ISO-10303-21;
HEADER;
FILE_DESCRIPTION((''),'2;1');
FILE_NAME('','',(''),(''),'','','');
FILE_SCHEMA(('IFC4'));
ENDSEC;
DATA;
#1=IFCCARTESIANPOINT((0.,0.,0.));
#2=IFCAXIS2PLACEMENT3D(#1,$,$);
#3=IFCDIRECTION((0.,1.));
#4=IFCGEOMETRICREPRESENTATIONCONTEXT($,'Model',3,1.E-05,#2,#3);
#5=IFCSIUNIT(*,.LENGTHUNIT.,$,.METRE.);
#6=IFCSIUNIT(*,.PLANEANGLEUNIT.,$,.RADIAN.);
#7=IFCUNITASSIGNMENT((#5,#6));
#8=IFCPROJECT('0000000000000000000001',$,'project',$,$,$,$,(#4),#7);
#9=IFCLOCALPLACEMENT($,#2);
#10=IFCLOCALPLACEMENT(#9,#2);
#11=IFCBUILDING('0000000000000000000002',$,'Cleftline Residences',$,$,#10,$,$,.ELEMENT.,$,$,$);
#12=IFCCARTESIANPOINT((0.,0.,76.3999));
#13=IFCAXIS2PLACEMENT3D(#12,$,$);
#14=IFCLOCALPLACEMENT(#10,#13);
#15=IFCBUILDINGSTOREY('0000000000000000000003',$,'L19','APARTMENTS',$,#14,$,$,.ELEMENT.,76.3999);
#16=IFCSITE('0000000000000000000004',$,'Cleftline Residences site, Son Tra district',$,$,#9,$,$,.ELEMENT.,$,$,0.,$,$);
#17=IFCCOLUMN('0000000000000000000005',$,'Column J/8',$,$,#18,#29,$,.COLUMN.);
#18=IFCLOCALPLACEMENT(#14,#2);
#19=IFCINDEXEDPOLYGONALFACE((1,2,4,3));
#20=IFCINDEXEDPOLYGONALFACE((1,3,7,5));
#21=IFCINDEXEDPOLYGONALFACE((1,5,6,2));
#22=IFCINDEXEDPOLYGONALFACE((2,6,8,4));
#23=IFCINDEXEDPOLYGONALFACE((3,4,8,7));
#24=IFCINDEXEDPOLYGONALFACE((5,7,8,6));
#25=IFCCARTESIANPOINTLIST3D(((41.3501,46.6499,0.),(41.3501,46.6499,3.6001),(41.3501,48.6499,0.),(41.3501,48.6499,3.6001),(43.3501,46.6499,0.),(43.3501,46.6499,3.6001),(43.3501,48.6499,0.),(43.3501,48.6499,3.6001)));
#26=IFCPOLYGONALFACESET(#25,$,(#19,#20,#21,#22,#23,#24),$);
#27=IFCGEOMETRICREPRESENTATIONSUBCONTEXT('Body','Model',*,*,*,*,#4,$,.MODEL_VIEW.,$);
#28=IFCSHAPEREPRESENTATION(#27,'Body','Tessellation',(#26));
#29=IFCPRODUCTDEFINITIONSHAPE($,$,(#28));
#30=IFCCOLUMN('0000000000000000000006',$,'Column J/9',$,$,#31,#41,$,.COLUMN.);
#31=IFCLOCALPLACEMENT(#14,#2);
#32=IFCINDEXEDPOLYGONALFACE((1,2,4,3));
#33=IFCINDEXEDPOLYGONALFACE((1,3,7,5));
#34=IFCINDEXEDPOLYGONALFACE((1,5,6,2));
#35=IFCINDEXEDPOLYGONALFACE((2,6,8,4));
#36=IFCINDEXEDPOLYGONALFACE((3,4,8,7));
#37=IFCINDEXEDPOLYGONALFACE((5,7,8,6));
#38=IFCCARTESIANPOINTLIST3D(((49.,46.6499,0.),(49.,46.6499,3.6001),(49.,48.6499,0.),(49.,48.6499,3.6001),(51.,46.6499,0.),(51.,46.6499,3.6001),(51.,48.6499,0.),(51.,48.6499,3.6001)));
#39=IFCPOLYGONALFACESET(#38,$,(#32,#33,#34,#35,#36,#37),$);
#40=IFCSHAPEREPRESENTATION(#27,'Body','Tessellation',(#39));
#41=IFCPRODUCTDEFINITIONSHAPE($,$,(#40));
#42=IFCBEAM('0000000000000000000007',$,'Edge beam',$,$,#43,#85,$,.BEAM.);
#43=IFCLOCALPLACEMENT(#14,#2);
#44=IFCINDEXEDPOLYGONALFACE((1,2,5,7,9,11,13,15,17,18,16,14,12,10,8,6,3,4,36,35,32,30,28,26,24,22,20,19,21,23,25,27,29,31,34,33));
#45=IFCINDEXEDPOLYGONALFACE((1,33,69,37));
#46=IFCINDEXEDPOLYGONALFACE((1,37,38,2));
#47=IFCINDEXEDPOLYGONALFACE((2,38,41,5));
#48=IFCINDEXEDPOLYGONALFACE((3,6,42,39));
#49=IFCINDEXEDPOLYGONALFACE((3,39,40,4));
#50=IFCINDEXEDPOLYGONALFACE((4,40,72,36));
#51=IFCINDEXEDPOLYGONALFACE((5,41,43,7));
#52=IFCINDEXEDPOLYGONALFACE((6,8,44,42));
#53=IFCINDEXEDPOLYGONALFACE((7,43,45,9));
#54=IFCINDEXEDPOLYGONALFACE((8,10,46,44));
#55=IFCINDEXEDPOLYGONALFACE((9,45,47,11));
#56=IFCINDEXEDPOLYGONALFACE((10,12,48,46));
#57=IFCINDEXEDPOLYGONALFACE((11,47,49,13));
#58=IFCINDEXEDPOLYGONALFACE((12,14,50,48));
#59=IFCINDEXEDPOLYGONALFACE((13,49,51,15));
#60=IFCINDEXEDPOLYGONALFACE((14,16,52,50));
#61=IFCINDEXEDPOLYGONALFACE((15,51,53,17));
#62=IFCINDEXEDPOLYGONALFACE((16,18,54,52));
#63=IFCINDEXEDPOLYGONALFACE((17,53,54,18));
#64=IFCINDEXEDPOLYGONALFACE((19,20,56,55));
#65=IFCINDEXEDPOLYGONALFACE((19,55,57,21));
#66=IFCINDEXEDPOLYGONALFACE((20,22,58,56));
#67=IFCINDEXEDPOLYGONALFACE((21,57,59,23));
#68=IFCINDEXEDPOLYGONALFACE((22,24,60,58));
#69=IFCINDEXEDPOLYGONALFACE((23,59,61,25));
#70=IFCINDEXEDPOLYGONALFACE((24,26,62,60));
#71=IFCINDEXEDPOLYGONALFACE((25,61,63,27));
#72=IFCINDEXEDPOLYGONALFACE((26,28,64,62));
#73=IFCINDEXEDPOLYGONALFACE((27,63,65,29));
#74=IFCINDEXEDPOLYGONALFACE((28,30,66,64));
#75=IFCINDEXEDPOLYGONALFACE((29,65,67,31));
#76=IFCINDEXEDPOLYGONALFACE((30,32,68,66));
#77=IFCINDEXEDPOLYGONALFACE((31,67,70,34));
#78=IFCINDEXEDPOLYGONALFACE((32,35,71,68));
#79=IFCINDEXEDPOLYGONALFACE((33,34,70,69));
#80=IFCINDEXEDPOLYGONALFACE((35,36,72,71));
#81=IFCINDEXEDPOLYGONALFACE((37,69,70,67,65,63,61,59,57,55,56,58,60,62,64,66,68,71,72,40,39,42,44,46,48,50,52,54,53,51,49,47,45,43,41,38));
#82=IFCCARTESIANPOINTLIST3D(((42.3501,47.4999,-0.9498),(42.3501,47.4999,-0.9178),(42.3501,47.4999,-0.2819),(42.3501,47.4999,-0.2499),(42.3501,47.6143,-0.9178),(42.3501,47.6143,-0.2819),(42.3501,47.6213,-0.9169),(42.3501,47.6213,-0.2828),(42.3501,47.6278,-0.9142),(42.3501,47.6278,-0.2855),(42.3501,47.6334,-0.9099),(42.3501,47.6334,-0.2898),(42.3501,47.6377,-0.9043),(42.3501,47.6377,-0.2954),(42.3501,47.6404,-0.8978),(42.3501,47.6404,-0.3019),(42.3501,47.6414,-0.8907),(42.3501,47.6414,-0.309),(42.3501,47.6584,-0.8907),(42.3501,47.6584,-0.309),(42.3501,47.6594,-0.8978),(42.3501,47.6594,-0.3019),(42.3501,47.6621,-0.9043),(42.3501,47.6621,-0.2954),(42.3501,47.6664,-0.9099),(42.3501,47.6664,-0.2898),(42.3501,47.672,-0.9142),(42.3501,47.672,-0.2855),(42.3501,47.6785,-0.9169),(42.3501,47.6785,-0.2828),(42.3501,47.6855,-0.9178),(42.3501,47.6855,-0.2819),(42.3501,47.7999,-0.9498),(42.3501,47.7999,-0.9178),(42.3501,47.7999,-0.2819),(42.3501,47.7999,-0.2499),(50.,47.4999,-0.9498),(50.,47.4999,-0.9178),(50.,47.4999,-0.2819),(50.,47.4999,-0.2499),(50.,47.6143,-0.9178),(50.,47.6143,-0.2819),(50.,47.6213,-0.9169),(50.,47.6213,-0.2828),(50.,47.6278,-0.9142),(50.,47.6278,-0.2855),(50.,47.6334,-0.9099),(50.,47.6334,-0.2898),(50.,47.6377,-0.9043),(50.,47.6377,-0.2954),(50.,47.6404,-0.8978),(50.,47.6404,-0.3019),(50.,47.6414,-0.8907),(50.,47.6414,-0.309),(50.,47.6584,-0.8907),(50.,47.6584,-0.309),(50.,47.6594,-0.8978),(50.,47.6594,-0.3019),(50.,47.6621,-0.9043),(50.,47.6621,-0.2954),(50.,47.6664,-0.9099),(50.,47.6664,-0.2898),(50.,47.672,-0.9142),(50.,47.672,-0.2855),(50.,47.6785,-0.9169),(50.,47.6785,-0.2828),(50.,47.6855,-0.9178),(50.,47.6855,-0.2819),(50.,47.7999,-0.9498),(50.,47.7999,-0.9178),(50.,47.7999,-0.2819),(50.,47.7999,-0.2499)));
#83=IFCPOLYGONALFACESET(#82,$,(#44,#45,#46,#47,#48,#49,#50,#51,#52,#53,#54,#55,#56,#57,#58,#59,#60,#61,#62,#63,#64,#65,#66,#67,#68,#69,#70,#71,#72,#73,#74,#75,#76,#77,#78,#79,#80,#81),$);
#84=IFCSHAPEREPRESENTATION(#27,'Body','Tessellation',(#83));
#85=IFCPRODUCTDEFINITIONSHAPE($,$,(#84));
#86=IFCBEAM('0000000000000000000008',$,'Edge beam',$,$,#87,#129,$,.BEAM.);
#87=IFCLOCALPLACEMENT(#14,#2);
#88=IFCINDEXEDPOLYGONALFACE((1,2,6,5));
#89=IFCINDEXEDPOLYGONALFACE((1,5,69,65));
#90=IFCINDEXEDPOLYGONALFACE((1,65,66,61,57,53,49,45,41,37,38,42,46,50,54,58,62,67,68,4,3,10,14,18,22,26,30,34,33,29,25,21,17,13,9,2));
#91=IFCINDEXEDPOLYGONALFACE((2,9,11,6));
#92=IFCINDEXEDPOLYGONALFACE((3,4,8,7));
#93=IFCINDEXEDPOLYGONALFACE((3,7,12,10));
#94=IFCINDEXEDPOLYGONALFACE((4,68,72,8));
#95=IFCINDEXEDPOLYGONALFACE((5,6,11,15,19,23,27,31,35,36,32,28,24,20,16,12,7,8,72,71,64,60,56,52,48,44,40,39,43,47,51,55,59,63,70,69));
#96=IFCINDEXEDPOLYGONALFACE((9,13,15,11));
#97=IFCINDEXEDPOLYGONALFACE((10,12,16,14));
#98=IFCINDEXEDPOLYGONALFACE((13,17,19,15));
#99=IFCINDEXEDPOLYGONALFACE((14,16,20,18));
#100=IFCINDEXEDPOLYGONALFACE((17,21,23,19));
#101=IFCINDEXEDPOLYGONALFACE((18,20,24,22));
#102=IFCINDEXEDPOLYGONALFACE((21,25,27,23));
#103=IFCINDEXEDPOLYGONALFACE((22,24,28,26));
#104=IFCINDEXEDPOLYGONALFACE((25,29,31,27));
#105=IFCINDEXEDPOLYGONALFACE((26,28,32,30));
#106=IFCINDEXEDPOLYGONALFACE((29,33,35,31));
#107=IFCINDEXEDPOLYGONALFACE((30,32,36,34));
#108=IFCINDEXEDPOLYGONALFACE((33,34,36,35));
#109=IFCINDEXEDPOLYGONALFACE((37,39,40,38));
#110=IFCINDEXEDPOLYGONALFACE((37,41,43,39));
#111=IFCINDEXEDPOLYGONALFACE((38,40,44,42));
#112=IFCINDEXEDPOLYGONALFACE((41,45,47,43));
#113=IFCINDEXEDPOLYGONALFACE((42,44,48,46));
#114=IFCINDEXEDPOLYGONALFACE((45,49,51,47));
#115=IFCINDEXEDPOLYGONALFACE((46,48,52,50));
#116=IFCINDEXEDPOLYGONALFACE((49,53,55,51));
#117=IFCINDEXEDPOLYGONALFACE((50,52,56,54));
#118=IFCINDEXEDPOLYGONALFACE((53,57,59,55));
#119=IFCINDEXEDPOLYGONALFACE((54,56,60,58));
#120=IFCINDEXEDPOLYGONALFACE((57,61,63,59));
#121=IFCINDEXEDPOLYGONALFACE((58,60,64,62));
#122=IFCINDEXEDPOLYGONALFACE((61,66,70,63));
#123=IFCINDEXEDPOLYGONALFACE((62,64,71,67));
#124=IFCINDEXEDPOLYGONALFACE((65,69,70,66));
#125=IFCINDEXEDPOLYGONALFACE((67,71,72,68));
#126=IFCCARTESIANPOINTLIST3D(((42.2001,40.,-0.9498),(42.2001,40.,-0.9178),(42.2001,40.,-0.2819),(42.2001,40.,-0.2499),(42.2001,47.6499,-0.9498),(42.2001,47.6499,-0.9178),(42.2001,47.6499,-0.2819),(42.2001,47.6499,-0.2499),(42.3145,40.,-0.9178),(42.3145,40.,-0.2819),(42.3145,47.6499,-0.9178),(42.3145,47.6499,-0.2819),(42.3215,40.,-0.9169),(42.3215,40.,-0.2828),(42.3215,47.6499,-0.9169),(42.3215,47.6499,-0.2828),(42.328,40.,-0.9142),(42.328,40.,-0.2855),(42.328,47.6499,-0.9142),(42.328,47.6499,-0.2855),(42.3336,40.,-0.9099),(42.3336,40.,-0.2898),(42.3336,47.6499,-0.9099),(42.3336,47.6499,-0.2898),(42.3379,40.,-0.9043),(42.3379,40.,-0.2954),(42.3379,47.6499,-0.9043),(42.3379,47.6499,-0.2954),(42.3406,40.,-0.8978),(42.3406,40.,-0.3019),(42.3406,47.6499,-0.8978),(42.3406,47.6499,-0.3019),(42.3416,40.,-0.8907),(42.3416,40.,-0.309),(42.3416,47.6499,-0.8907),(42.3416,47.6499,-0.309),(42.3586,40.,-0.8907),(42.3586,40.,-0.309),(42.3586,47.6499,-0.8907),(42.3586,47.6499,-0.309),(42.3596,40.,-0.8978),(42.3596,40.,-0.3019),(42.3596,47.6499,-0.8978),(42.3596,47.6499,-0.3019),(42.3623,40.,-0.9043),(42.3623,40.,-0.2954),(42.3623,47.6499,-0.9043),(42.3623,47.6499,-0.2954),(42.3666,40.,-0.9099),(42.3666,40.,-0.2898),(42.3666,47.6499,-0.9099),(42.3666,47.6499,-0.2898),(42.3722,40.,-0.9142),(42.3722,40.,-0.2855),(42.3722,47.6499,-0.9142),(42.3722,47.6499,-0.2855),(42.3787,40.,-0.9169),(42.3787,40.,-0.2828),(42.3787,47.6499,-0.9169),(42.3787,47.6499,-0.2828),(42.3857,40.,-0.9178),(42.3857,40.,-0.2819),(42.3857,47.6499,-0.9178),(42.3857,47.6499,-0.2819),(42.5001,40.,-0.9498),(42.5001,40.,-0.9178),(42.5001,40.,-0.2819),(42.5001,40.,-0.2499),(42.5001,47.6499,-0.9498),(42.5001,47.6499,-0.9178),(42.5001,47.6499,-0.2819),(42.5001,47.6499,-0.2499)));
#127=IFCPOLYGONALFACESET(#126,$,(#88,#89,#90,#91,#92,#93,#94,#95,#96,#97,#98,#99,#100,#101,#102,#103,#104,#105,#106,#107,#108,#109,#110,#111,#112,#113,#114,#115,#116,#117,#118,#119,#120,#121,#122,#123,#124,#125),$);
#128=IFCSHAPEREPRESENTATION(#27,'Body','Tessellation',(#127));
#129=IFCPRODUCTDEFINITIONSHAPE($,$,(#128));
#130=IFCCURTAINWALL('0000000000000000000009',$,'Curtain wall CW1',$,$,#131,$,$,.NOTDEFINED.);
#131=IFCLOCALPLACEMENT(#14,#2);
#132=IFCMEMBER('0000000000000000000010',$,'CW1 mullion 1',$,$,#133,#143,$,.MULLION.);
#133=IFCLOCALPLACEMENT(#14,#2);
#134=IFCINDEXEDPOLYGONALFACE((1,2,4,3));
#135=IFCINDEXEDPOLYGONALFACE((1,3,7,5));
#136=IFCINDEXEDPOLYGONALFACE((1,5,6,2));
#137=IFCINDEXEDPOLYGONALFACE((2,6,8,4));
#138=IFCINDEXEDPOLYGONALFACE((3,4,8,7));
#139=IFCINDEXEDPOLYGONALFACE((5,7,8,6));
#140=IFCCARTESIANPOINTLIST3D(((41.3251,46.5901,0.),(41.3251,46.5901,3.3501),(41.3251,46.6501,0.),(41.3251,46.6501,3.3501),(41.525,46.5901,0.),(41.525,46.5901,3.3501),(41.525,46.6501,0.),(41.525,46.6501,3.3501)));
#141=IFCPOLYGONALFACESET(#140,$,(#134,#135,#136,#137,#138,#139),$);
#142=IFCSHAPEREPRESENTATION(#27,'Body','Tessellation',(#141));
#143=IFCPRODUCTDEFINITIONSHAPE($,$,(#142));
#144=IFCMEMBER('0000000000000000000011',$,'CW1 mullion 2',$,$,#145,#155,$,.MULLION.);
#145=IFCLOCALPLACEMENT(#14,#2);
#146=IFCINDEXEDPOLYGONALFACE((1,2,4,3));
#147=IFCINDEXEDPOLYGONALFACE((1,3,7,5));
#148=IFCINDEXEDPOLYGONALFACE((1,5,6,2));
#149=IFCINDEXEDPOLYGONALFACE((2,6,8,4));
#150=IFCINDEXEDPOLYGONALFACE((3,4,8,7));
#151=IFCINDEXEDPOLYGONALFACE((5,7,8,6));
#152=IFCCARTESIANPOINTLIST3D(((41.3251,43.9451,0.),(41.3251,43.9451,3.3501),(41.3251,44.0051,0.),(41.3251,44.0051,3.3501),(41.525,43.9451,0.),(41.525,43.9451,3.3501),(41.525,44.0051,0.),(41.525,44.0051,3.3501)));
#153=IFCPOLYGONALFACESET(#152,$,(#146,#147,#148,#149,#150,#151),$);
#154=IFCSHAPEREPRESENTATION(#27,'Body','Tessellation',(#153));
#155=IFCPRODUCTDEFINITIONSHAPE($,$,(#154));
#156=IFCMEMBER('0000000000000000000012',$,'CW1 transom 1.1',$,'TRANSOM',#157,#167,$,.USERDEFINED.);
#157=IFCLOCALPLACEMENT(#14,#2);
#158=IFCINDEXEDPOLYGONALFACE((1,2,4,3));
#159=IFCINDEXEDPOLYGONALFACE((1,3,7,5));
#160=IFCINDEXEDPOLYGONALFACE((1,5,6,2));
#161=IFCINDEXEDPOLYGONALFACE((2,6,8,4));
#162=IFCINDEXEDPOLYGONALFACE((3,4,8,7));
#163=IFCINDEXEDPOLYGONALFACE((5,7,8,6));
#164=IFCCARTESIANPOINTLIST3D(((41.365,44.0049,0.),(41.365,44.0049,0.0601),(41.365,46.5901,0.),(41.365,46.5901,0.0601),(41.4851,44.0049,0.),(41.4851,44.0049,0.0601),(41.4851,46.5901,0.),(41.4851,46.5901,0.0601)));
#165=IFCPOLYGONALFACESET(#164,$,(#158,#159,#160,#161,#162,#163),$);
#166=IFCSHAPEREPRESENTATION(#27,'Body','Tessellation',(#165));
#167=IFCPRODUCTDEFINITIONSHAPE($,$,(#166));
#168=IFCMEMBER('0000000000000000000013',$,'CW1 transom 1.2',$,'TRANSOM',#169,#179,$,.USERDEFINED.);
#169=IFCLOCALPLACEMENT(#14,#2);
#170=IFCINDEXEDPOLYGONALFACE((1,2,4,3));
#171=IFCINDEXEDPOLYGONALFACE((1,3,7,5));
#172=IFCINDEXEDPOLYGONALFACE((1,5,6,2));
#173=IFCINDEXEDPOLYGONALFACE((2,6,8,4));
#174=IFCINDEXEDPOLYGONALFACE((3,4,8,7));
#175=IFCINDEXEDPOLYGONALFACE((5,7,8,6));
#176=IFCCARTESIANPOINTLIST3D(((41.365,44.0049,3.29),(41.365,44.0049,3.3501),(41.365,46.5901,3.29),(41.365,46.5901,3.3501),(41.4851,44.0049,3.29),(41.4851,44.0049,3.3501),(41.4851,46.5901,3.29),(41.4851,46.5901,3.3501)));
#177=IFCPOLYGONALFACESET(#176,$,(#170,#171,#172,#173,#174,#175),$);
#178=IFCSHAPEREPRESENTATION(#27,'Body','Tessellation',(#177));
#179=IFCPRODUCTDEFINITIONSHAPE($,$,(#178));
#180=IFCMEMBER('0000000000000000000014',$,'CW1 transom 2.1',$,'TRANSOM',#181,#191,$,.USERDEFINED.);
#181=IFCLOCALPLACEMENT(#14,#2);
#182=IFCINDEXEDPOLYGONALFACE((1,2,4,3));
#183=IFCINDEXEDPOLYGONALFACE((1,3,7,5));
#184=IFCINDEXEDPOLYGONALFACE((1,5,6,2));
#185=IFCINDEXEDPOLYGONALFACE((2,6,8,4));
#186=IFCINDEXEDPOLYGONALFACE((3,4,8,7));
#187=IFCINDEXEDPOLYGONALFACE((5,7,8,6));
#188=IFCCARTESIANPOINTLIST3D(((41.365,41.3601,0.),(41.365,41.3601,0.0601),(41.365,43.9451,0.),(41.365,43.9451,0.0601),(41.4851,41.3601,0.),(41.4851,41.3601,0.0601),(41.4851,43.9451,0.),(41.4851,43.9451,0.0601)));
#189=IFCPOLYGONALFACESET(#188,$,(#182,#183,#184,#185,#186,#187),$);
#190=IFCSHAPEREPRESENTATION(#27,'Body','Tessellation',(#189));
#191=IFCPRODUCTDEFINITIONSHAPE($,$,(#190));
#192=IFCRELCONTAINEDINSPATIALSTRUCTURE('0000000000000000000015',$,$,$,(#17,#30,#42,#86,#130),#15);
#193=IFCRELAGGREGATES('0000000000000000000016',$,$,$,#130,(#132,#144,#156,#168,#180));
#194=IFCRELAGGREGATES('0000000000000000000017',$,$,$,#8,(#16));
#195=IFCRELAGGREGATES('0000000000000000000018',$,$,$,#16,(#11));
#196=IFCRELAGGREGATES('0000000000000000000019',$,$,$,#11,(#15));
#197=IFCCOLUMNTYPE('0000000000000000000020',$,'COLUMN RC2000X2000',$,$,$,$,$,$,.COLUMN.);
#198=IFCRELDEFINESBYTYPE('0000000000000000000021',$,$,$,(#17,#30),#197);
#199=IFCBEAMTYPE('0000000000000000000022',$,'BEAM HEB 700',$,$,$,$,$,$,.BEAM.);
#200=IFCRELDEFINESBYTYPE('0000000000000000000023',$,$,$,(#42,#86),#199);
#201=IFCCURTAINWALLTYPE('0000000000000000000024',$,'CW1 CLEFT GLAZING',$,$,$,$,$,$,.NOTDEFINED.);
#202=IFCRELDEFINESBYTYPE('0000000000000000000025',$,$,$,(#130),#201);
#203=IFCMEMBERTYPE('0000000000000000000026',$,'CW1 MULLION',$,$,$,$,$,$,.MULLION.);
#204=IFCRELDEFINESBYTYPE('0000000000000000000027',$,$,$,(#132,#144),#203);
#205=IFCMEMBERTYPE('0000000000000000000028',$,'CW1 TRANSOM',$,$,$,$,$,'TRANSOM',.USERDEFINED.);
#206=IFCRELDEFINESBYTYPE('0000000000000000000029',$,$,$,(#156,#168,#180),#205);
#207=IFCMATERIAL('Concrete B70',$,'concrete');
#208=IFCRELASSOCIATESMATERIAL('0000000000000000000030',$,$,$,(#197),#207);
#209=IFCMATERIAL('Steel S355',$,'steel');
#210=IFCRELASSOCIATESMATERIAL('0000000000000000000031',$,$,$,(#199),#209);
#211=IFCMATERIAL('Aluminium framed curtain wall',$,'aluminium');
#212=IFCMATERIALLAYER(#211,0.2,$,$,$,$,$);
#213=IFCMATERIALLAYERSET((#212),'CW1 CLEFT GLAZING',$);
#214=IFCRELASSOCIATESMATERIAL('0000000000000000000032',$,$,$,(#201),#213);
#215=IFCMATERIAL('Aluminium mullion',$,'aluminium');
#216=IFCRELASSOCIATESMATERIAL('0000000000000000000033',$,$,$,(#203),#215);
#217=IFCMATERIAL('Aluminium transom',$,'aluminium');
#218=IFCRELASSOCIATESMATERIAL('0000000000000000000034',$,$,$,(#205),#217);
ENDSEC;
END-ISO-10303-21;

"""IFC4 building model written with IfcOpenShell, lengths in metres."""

from ifc_helpers import new_model, si_unit, direction, frame, origin, origin_2d, place, context, subcontext, project, spatial, rectangle, i_section, extrude, material, layer, layer_set, material_profile, profile_set, type_object, element, aggregate, save


model = new_model("IFC4")

# Units and contexts
model_context = context("Model", 3, precision=1e-05, world=origin(), true_north=direction((0.0, 1.0)))
body_context = subcontext(model_context, "Body", "Model", "MODEL_VIEW")
ifc_project = project(units=[si_unit("LENGTHUNIT", "METRE"), si_unit("PLANEANGLEUNIT", "RADIAN")], contexts=[model_context])

# Site, building, storey
site_placement = place(None, origin())
site = spatial("IfcSite", under=ifc_project, at=site_placement, Name="Cleftline Residences site, Son Tra district", CompositionType="ELEMENT", RefElevation=0.0)
building_placement = place(site_placement, origin())
building = spatial("IfcBuilding", under=site, at=building_placement, Name="Cleftline Residences", CompositionType="ELEMENT")
storey_placement = place(building_placement, frame((0.0, 0.0, 76.3999)))
storey = spatial("IfcBuildingStorey", under=building, at=storey_placement, Name="L19", Description="APARTMENTS", CompositionType="ELEMENT", Elevation=76.3999)

# Columns
ifc_material_1 = material(Name="Concrete B70", Category="concrete")
ifc_material_profile_1 = material_profile(ifc_material_1, rectangle(XDim=2.0, YDim=2.0, at=origin_2d()))
ifc_profile_set_1 = profile_set([ifc_material_profile_1], Name="Concrete B70")
column_type = type_object("IfcColumnType", Name="COLUMN RC2000X2000", PredefinedType="COLUMN", material=ifc_profile_set_1)
for number, where, z_axis, x_axis, name in (
    (1, (42.3501, 47.6499, 0.0), (0.0, 0.0, 1.0), (1.0, 0.0, 0.0), "Column J/8"),
    (2, (50.0, 47.6499, 0.0), (0.0, 0.0, 1.0), (1.0, 0.0, 0.0), "Column J/9"),
):
    element("IfcColumn", number, at=place(storey_placement, frame(where, z_axis=z_axis, x_axis=x_axis)), inside=storey, type_object=column_type, Name=name, PredefinedType="COLUMN", context=body_context, shape_type="SweptSolid", body=[
        extrude(rectangle(XDim=2.0, YDim=2.0, at=origin_2d()), origin(), (0.0, 0.0, 1.0), 3.6001),
    ])

# Beams
ifc_material_2 = material(Name="Steel S355", Category="steel")
ifc_material_profile_2 = material_profile(ifc_material_2, i_section(OverallWidth=0.3, OverallDepth=0.7, WebThickness=0.0171, FlangeThickness=0.032, FilletRadius=0.0271, at=origin_2d()))
ifc_profile_set_2 = profile_set([ifc_material_profile_2], Name="Steel S355")
beam_type = type_object("IfcBeamType", Name="BEAM HEB 700", PredefinedType="BEAM", material=ifc_profile_set_2)
for number, where, z_axis, x_axis, name in (
    (3, (50.0, 47.6499, -0.5999), (-1.0, 0.0, 0.0), (0.0, -1.0, 0.0), "Edge beam"),
    (4, (42.3501, 47.6499, -0.5999), (0.0, -1.0, 0.0), (1.0, 0.0, 0.0), "Edge beam"),
):
    element("IfcBeam", number, at=place(storey_placement, frame(where, z_axis=z_axis, x_axis=x_axis)), inside=storey, type_object=beam_type, Name=name, PredefinedType="BEAM", context=body_context, shape_type="SweptSolid", body=[
        extrude(i_section(OverallWidth=0.3, OverallDepth=0.7, WebThickness=0.0171, FlangeThickness=0.032, FilletRadius=0.0271, at=origin_2d()), origin(), (0.0, 0.0, 1.0), 7.6499),
    ])

# Curtain wall, members
ifc_material_3 = material(Name="Aluminium framed curtain wall", Category="aluminium")
ifc_layer_1 = layer(ifc_material_3, 0.2)
ifc_layer_set_1 = layer_set([ifc_layer_1], Name="CW1 CLEFT GLAZING")
curtain_wall_type = type_object("IfcCurtainWallType", Name="CW1 CLEFT GLAZING", PredefinedType="NOTDEFINED", material=ifc_layer_set_1)
curtain_wall_placement = place(storey_placement, origin())
curtain_wall = element("IfcCurtainWall", 5, at=curtain_wall_placement, inside=storey, type_object=curtain_wall_type, Name="Curtain wall CW1", PredefinedType="NOTDEFINED")
ifc_material_4 = material(Name="Aluminium mullion", Category="aluminium")
ifc_material_profile_3 = material_profile(ifc_material_4, rectangle(XDim=0.2, YDim=0.0601, at=origin_2d()))
ifc_profile_set_3 = profile_set([ifc_material_profile_3], Name="Aluminium mullion")
member_type_1 = type_object("IfcMemberType", Name="CW1 MULLION", PredefinedType="MULLION", material=ifc_profile_set_3)
member_1_placement = place(storey_placement, frame((41.425, 46.6201, 0.0), z_axis=(0.0, 0.0, 1.0), x_axis=(1.0, 0.0, 0.0)))
member_1 = element("IfcMember", 6, at=member_1_placement, type_object=member_type_1, Name="CW1 mullion 1", PredefinedType="MULLION", context=body_context, shape_type="SweptSolid", body=[
    extrude(rectangle(XDim=0.2, YDim=0.0601, at=origin_2d()), origin(), (0.0, 0.0, 1.0), 3.3501),
])
member_2_placement = place(storey_placement, frame((41.425, 43.9751, 0.0), z_axis=(0.0, 0.0, 1.0), x_axis=(1.0, 0.0, 0.0)))
member_2 = element("IfcMember", 7, at=member_2_placement, type_object=member_type_1, Name="CW1 mullion 2", PredefinedType="MULLION", context=body_context, shape_type="SweptSolid", body=[
    extrude(rectangle(XDim=0.2, YDim=0.0601, at=origin_2d()), origin(), (0.0, 0.0, 1.0), 3.3501),
])
ifc_material_5 = material(Name="Aluminium transom", Category="aluminium")
ifc_material_profile_4 = material_profile(ifc_material_5, rectangle(XDim=0.1201, YDim=0.0601, at=origin_2d()))
ifc_profile_set_4 = profile_set([ifc_material_profile_4], Name="Aluminium transom")
member_type_2 = type_object("IfcMemberType", Name="CW1 TRANSOM", ElementType="TRANSOM", PredefinedType="USERDEFINED", material=ifc_profile_set_4)
member_3_placement = place(storey_placement, frame((41.425, 46.5901, 0.03), z_axis=(0.0, -1.0, 0.0), x_axis=(1.0, 0.0, 0.0)))
member_3 = element("IfcMember", 8, at=member_3_placement, type_object=member_type_2, Name="CW1 transom 1.1", ObjectType="TRANSOM", PredefinedType="USERDEFINED", context=body_context, shape_type="SweptSolid", body=[
    extrude(rectangle(XDim=0.1201, YDim=0.0601, at=origin_2d()), origin(), (0.0, 0.0, 1.0), 2.5852),
])
member_4_placement = place(storey_placement, frame((41.425, 46.5901, 3.3201), z_axis=(0.0, -1.0, 0.0), x_axis=(1.0, 0.0, 0.0)))
member_4 = element("IfcMember", 9, at=member_4_placement, type_object=member_type_2, Name="CW1 transom 1.2", ObjectType="TRANSOM", PredefinedType="USERDEFINED", context=body_context, shape_type="SweptSolid", body=[
    extrude(rectangle(XDim=0.1201, YDim=0.0601, at=origin_2d()), origin(), (0.0, 0.0, 1.0), 2.5852),
])
member_5_placement = place(storey_placement, frame((41.425, 43.9451, 0.03), z_axis=(0.0, -1.0, 0.0), x_axis=(1.0, 0.0, 0.0)))
member_5 = element("IfcMember", 10, at=member_5_placement, type_object=member_type_2, Name="CW1 transom 2.1", ObjectType="TRANSOM", PredefinedType="USERDEFINED", context=body_context, shape_type="SweptSolid", body=[
    extrude(rectangle(XDim=0.1201, YDim=0.0601, at=origin_2d()), origin(), (0.0, 0.0, 1.0), 2.585),
])
aggregate(curtain_wall, [member_1, member_2, member_3, member_4, member_5])

save(model, "model.ifc")
